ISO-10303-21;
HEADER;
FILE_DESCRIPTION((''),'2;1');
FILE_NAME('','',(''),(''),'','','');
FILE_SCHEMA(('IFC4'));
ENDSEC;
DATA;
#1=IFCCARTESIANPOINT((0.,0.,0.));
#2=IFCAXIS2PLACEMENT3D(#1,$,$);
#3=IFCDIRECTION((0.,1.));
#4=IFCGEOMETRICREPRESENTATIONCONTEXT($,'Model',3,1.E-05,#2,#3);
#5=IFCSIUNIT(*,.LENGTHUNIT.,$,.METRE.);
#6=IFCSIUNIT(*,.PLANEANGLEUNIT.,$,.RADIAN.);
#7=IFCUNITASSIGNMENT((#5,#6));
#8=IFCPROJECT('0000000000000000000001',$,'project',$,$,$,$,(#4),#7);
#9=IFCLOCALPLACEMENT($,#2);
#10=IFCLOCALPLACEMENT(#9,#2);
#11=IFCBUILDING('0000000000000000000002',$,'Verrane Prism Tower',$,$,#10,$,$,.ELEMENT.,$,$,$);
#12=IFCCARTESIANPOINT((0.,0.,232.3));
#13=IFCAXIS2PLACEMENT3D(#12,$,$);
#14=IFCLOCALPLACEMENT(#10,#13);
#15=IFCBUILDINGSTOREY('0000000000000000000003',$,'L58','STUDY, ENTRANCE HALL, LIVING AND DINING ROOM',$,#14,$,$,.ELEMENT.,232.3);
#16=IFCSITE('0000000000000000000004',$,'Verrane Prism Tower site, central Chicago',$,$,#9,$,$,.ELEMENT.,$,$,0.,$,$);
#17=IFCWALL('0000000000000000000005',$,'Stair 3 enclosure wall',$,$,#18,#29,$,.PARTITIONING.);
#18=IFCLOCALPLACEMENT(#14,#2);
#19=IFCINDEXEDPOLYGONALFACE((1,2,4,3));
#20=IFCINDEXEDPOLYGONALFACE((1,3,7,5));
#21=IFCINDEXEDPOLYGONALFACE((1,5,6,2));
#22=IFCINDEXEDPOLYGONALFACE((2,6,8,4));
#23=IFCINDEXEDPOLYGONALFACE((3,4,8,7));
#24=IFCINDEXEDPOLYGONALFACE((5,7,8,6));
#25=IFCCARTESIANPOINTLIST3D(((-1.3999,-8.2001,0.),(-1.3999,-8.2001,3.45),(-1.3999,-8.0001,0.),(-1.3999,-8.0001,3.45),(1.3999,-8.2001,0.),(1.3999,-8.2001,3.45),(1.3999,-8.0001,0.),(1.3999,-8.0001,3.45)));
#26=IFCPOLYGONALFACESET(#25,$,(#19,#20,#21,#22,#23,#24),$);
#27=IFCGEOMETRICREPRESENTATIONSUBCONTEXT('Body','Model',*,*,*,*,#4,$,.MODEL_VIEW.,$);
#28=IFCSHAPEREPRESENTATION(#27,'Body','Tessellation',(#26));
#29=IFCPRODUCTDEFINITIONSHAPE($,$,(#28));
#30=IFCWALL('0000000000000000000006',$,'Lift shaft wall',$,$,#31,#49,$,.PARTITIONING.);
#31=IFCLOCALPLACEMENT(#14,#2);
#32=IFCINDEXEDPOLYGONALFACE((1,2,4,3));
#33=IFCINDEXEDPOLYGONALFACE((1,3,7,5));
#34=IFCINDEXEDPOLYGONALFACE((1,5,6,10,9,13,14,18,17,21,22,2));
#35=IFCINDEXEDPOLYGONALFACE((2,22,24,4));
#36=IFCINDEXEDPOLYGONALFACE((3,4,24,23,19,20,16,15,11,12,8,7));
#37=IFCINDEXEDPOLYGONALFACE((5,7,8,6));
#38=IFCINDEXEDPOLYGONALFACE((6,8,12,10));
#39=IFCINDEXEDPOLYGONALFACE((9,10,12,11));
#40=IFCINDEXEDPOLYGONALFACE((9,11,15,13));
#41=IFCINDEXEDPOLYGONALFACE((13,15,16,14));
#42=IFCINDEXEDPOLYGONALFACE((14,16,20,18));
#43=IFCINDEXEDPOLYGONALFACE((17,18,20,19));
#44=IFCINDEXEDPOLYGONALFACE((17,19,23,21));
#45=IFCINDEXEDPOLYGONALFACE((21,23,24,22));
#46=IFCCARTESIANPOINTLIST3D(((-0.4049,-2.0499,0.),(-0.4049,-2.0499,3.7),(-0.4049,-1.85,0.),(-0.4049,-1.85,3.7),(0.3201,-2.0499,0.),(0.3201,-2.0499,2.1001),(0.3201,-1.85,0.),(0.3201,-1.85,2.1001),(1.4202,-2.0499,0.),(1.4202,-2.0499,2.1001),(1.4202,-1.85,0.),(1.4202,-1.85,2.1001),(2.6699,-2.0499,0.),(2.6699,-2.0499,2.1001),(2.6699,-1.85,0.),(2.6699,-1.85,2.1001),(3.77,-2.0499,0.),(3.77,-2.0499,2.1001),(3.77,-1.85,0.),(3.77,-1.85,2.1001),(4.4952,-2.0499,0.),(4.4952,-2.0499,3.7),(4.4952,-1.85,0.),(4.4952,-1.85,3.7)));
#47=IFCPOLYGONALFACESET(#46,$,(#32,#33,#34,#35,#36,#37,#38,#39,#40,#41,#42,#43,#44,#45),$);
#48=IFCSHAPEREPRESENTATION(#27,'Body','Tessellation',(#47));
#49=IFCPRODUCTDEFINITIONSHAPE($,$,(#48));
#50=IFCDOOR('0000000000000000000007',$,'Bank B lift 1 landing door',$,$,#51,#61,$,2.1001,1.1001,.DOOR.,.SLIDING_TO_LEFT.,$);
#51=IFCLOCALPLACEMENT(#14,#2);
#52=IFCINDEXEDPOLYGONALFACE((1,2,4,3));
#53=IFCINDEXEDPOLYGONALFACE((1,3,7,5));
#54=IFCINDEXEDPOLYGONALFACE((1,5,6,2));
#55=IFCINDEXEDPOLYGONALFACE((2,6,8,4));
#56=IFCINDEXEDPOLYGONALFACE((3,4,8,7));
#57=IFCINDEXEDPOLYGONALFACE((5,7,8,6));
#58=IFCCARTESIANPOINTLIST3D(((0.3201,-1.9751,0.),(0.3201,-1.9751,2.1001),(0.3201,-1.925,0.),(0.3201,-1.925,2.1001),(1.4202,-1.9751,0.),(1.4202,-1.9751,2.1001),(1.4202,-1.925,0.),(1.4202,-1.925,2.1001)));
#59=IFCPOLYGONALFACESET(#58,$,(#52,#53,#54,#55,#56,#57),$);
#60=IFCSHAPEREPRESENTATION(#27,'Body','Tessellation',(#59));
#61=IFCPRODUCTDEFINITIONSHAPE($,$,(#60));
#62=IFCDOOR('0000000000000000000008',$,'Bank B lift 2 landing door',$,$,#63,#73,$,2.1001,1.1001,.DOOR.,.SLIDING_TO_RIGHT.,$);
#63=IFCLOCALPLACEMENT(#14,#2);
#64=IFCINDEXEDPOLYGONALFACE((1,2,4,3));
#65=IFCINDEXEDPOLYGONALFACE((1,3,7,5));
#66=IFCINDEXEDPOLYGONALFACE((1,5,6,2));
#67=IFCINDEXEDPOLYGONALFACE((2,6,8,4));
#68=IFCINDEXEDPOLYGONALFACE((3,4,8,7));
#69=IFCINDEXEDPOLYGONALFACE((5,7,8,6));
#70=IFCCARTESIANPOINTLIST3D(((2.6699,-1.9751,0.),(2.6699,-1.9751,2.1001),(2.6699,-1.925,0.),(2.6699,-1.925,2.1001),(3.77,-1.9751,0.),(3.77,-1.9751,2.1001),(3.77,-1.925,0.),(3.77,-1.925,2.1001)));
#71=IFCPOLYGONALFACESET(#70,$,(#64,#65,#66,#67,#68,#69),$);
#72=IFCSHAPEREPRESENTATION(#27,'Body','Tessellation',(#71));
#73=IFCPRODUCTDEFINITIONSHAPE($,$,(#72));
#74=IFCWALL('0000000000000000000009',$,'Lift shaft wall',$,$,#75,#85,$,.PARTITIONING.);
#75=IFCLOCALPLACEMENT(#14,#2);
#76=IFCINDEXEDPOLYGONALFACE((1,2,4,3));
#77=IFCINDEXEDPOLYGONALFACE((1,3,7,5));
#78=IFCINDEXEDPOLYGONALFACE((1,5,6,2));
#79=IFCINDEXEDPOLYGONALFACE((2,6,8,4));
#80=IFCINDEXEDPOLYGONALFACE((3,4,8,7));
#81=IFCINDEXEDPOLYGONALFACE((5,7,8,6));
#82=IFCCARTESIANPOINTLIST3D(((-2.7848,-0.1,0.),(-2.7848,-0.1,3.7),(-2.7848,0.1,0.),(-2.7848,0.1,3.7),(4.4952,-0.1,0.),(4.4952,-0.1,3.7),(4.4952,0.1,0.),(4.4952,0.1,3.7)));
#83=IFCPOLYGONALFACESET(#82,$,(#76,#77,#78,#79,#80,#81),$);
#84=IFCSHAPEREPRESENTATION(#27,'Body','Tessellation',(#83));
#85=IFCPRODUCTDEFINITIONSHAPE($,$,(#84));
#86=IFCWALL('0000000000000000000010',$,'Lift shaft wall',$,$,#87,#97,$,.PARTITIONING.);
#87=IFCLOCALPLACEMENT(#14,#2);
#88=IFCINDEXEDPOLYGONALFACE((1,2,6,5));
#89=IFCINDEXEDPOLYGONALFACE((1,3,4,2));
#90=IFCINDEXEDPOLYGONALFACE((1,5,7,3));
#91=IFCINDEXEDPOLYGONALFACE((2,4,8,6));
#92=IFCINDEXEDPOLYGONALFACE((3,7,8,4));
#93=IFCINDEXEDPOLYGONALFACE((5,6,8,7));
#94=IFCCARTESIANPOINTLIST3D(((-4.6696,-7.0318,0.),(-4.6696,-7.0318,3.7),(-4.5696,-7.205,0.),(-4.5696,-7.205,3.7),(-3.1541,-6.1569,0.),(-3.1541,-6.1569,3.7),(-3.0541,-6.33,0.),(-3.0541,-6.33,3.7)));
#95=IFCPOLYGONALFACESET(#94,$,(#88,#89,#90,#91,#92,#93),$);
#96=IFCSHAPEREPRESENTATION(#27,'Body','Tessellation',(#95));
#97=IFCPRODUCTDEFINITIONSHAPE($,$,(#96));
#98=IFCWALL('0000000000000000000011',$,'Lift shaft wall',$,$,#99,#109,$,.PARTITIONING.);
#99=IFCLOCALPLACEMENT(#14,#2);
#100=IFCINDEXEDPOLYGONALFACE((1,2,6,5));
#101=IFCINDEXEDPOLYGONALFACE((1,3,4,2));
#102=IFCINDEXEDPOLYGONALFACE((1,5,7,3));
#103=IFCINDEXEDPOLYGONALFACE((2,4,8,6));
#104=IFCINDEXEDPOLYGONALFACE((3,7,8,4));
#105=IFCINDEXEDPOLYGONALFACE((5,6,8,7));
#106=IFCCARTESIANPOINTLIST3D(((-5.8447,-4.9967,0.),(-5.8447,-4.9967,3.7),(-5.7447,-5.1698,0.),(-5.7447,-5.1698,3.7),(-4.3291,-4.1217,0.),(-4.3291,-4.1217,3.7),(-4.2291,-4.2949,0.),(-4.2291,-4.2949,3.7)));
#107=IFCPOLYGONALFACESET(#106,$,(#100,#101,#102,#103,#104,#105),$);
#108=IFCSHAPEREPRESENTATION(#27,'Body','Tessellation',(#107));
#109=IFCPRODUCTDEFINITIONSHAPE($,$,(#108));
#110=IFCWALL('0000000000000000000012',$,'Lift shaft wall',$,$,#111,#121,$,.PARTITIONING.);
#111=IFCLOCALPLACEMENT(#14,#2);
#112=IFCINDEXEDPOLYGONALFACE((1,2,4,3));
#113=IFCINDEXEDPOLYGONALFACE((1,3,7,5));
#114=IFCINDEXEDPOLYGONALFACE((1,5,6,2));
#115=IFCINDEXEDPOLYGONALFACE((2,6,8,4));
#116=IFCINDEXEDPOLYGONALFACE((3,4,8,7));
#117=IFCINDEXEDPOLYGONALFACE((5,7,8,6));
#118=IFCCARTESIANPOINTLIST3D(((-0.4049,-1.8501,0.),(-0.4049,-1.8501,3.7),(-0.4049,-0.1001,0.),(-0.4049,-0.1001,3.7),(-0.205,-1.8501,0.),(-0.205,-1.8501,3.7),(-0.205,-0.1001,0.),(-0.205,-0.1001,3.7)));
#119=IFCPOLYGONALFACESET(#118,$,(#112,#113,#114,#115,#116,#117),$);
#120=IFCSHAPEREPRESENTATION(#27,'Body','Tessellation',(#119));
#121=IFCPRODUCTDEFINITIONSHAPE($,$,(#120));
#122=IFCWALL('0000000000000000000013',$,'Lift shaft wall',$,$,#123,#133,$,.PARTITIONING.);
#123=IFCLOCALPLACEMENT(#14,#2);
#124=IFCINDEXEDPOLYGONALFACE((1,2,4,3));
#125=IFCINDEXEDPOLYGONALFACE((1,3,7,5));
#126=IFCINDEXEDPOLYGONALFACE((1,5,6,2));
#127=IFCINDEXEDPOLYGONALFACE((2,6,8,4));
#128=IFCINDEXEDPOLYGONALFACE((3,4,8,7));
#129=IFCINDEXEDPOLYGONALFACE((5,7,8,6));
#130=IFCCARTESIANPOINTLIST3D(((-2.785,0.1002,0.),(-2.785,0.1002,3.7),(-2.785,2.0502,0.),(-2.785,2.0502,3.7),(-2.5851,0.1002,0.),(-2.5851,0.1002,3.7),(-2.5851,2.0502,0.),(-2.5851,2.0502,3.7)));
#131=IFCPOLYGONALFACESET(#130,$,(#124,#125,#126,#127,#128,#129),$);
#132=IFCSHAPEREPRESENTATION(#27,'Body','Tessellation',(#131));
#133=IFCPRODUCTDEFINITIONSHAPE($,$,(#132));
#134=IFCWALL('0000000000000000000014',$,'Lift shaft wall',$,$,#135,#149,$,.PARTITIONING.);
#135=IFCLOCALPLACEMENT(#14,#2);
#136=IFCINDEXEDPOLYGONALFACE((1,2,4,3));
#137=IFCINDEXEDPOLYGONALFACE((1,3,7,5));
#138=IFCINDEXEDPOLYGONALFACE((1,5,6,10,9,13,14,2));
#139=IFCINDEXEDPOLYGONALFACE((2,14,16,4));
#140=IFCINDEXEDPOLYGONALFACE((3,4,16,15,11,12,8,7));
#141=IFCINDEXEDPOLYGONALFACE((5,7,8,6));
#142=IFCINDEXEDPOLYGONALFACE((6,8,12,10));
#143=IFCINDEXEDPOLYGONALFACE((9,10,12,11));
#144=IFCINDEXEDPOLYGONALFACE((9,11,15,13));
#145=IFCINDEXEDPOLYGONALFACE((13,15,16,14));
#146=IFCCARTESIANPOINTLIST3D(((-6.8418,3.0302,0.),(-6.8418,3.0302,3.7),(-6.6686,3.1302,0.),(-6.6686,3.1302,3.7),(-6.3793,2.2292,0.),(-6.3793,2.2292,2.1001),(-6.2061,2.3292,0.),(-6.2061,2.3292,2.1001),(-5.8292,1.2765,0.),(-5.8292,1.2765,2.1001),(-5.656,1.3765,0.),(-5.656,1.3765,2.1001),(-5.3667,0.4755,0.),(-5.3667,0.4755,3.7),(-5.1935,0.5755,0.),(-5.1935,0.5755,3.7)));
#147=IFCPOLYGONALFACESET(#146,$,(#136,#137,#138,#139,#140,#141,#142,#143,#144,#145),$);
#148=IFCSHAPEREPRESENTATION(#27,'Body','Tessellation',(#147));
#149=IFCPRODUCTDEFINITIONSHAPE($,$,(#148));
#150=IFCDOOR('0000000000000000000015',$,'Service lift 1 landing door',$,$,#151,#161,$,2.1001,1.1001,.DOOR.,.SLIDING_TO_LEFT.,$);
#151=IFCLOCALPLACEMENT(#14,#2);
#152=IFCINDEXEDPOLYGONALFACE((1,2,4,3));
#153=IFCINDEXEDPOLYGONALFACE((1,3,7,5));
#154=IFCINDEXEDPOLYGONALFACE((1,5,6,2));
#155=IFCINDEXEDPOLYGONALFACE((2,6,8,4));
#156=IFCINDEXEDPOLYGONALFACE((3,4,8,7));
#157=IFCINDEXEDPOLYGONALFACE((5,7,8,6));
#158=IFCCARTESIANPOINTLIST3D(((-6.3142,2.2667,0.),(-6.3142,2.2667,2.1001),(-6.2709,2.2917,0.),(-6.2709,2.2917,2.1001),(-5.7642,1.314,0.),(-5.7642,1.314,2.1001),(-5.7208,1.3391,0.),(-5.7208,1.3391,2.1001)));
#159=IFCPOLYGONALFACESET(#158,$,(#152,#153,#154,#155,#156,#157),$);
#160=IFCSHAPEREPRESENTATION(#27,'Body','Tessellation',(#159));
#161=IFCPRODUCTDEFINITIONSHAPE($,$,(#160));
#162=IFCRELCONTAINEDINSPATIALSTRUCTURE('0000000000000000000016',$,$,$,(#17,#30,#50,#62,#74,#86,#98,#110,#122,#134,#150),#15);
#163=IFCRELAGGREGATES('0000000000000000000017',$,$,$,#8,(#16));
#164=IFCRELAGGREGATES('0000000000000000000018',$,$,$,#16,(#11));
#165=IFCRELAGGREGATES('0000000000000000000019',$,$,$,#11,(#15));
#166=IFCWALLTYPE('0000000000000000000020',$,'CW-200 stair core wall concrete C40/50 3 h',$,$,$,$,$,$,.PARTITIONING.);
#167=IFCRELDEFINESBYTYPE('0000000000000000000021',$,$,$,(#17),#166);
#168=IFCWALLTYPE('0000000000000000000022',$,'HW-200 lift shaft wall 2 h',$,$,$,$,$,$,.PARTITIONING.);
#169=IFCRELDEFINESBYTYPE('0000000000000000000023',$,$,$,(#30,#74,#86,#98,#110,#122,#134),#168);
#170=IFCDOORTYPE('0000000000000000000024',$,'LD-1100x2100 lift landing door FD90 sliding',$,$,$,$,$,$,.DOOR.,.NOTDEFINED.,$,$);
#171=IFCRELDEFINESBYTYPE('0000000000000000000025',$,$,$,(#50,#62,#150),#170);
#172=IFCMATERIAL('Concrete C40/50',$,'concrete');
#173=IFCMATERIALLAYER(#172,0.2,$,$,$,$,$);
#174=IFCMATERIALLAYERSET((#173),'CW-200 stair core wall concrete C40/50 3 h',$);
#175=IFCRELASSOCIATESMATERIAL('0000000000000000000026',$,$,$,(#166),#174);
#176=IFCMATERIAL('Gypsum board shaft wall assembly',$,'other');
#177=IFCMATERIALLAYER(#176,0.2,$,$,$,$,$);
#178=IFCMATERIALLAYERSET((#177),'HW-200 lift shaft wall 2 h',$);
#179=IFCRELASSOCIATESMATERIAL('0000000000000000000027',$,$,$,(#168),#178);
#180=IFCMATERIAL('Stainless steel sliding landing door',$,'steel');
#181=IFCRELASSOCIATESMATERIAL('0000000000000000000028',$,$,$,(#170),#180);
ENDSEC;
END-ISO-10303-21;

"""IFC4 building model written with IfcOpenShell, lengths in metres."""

from ifc_helpers import new_model, si_unit, direction, frame, frame_2d, origin, place, context, subcontext, project, spatial, rectangle, extrude, material, layer, layer_set, type_object, element, fill, save


model = new_model("IFC4")

# Units and contexts
model_context = context("Model", 3, precision=1e-05, world=origin(), true_north=direction((0.0, 1.0)))
body_context = subcontext(model_context, "Body", "Model", "MODEL_VIEW")
ifc_project = project(units=[si_unit("LENGTHUNIT", "METRE"), si_unit("PLANEANGLEUNIT", "RADIAN")], contexts=[model_context])

# Site, building, storey
site_placement = place(None, origin())
site = spatial("IfcSite", under=ifc_project, at=site_placement, Name="Verrane Prism Tower site, central Chicago", CompositionType="ELEMENT", RefElevation=0.0)
building_placement = place(site_placement, origin())
building = spatial("IfcBuilding", under=site, at=building_placement, Name="Verrane Prism Tower", CompositionType="ELEMENT")
storey_placement = place(building_placement, frame((0.0, 0.0, 232.3)))
storey = spatial("IfcBuildingStorey", under=building, at=storey_placement, Name="L58", Description="STUDY, ENTRANCE HALL, LIVING AND DINING ROOM", CompositionType="ELEMENT", Elevation=232.3)

# Wall
ifc_material_1 = material(Name="Concrete C40/50", Category="concrete")
ifc_layer_1 = layer(ifc_material_1, 0.2)
ifc_layer_set_1 = layer_set([ifc_layer_1], Name="CW-200 stair core wall concrete C40/50 3 h")
wall_type_1 = type_object("IfcWallType", Name="CW-200 stair core wall concrete C40/50 3 h", PredefinedType="PARTITIONING", material=ifc_layer_set_1)
wall_1_placement = place(storey_placement, frame((-1.3999, -8.1001, 0.0), z_axis=(0.0, 0.0, 1.0), x_axis=(1.0, 0.0, 0.0)))
element("IfcWall", 1, at=wall_1_placement, inside=storey, type_object=wall_type_1, Name="Stair 3 enclosure wall", PredefinedType="PARTITIONING", context=body_context, shape_type="SweptSolid", body=[
    extrude(rectangle(XDim=2.7998, YDim=0.2, at=frame_2d((1.3999, 0.0))), origin(), (0.0, 0.0, 1.0), 3.45),
])

# Wall, openings, doors
ifc_material_2 = material(Name="Gypsum board shaft wall assembly", Category="other")
ifc_layer_2 = layer(ifc_material_2, 0.2)
ifc_layer_set_2 = layer_set([ifc_layer_2], Name="HW-200 lift shaft wall 2 h")
wall_type_2 = type_object("IfcWallType", Name="HW-200 lift shaft wall 2 h", PredefinedType="PARTITIONING", material=ifc_layer_set_2)
wall_2_placement = place(storey_placement, frame((-0.405, -1.95, 0.0), z_axis=(0.0, 0.0, 1.0), x_axis=(1.0, 0.0, 0.0)))
wall_2 = element("IfcWall", 2, at=wall_2_placement, inside=storey, type_object=wall_type_2, Name="Lift shaft wall", PredefinedType="PARTITIONING", context=body_context, shape_type="SweptSolid", body=[
    extrude(rectangle(XDim=4.9001, YDim=0.2, at=frame_2d((2.4502, 0.0))), origin(), (0.0, 0.0, 1.0), 3.7),
])
opening_1_placement = place(wall_2_placement, frame((0.7251, 0.0, 0.0)))
opening_1 = element("IfcOpeningElement", 3, at=opening_1_placement, cuts=wall_2, PredefinedType="OPENING", context=body_context, shape_type="SweptSolid", body=[
    extrude(rectangle(XDim=1.1001, YDim=2.1001, at=frame_2d((0.55, 1.05))), frame((0.0, 0.1099, 0.0), z_axis=(0.0, -1.0, 0.0), x_axis=(1.0, 0.0, 0.0)), (0.0, 0.0, 1.0), 0.22),
])
opening_2_placement = place(wall_2_placement, frame((3.075, 0.0, 0.0)))
opening_2 = element("IfcOpeningElement", 4, at=opening_2_placement, cuts=wall_2, PredefinedType="OPENING", context=body_context, shape_type="SweptSolid", body=[
    extrude(rectangle(XDim=1.1001, YDim=2.1001, at=frame_2d((0.55, 1.05))), frame((0.0, 0.1099, 0.0), z_axis=(0.0, -1.0, 0.0), x_axis=(1.0, 0.0, 0.0)), (0.0, 0.0, 1.0), 0.22),
])
ifc_material_3 = material(Name="Stainless steel sliding landing door", Category="steel")
door_type_1 = type_object("IfcDoorType", Name="LD-1100x2100 lift landing door FD90 sliding", OperationType="NOTDEFINED", PredefinedType="DOOR", material=ifc_material_3)
door_1_placement = place(opening_1_placement, origin())
door_1 = element("IfcDoor", 5, at=door_1_placement, inside=storey, type_object=door_type_1, Name="Bank B lift 1 landing door", OperationType="SLIDING_TO_LEFT", OverallHeight=2.1001, OverallWidth=1.1001, PredefinedType="DOOR", context=body_context, shape_type="SweptSolid", body=[
    extrude(rectangle(XDim=1.1001, YDim=2.1001, at=frame_2d((0.55, 1.05))), frame((0.0, 0.0249, 0.0), z_axis=(0.0, -1.0, 0.0), x_axis=(1.0, 0.0, 0.0)), (0.0, 0.0, 1.0), 0.05),
])
fill(opening_1, door_1)
door_2_placement = place(opening_2_placement, origin())
door_2 = element("IfcDoor", 6, at=door_2_placement, inside=storey, type_object=door_type_1, Name="Bank B lift 2 landing door", OperationType="SLIDING_TO_RIGHT", OverallHeight=2.1001, OverallWidth=1.1001, PredefinedType="DOOR", context=body_context, shape_type="SweptSolid", body=[
    extrude(rectangle(XDim=1.1001, YDim=2.1001, at=frame_2d((0.55, 1.05))), frame((0.0, 0.0249, 0.0), z_axis=(0.0, -1.0, 0.0), x_axis=(1.0, 0.0, 0.0)), (0.0, 0.0, 1.0), 0.05),
])
fill(opening_2, door_2)

# Walls
wall_3_placement = place(storey_placement, frame((-2.7849, 0.0, 0.0), z_axis=(0.0, 0.0, 1.0), x_axis=(1.0, 0.0, 0.0)))
element("IfcWall", 7, at=wall_3_placement, inside=storey, type_object=wall_type_2, Name="Lift shaft wall", PredefinedType="PARTITIONING", context=body_context, shape_type="SweptSolid", body=[
    extrude(rectangle(XDim=7.28, YDim=0.2, at=frame_2d((3.6401, 0.0))), origin(), (0.0, 0.0, 1.0), 3.7),
])
for number, where, z_axis, x_axis, name in (
    (8, (-4.6196, -7.1184, 0.0), (0.0, 0.0, 1.0), (0.866037, 0.49998, 0.0), "Lift shaft wall"),
    (9, (-5.7947, -5.0833, 0.0), (0.0, 0.0, 1.0), (0.866037, 0.49998, 0.0), "Lift shaft wall"),
    (10, (-0.3049, -1.8501, 0.0), (0.0, 0.0, 1.0), (0.0, 1.0, 0.0), "Lift shaft wall"),
):
    element("IfcWall", number, at=place(storey_placement, frame(where, z_axis=z_axis, x_axis=x_axis)), inside=storey, type_object=wall_type_2, Name=name, PredefinedType="PARTITIONING", context=body_context, shape_type="SweptSolid", body=[
        extrude(rectangle(XDim=1.75, YDim=0.2, at=frame_2d((0.875, 0.0))), origin(), (0.0, 0.0, 1.0), 3.7),
    ])
wall_4_placement = place(storey_placement, frame((-2.6851, 0.1001, 0.0), z_axis=(0.0, 0.0, 1.0), x_axis=(0.0, 1.0, 0.0)))
element("IfcWall", 11, at=wall_4_placement, inside=storey, type_object=wall_type_2, Name="Lift shaft wall", PredefinedType="PARTITIONING", context=body_context, shape_type="SweptSolid", body=[
    extrude(rectangle(XDim=1.95, YDim=0.2, at=frame_2d((0.9751, 0.0))), origin(), (0.0, 0.0, 1.0), 3.7),
])

# Wall, opening, door
wall_5_placement = place(storey_placement, frame((-5.28, 0.5254, 0.0), z_axis=(0.0, 0.0, 1.0), x_axis=(-0.500038, 0.866004, 0.0)))
wall_5 = element("IfcWall", 12, at=wall_5_placement, inside=storey, type_object=wall_type_2, Name="Lift shaft wall", PredefinedType="PARTITIONING", context=body_context, shape_type="SweptSolid", body=[
    extrude(rectangle(XDim=2.95, YDim=0.2, at=frame_2d((1.4751, 0.0))), origin(), (0.0, 0.0, 1.0), 3.7),
])
opening_3_placement = place(wall_5_placement, frame((0.925, 0.0, 0.0)))
opening_3 = element("IfcOpeningElement", 13, at=opening_3_placement, cuts=wall_5, PredefinedType="OPENING", context=body_context, shape_type="SweptSolid", body=[
    extrude(rectangle(XDim=1.1001, YDim=2.1001, at=frame_2d((0.55, 1.05))), frame((0.0, 0.1099, 0.0), z_axis=(0.0, -1.0, 0.0), x_axis=(1.0, 0.0, 0.0)), (0.0, 0.0, 1.0), 0.22),
])
door_3_placement = place(opening_3_placement, origin())
door_3 = element("IfcDoor", 14, at=door_3_placement, inside=storey, type_object=door_type_1, Name="Service lift 1 landing door", OperationType="SLIDING_TO_LEFT", OverallHeight=2.1001, OverallWidth=1.1001, PredefinedType="DOOR", context=body_context, shape_type="SweptSolid", body=[
    extrude(rectangle(XDim=1.1001, YDim=2.1001, at=frame_2d((0.55, 1.05))), frame((0.0, 0.0249, 0.0), z_axis=(0.0, -1.0, 0.0), x_axis=(1.0, 0.0, 0.0)), (0.0, 0.0, 1.0), 0.05),
])
fill(opening_3, door_3)

save(model, "model.ifc")
